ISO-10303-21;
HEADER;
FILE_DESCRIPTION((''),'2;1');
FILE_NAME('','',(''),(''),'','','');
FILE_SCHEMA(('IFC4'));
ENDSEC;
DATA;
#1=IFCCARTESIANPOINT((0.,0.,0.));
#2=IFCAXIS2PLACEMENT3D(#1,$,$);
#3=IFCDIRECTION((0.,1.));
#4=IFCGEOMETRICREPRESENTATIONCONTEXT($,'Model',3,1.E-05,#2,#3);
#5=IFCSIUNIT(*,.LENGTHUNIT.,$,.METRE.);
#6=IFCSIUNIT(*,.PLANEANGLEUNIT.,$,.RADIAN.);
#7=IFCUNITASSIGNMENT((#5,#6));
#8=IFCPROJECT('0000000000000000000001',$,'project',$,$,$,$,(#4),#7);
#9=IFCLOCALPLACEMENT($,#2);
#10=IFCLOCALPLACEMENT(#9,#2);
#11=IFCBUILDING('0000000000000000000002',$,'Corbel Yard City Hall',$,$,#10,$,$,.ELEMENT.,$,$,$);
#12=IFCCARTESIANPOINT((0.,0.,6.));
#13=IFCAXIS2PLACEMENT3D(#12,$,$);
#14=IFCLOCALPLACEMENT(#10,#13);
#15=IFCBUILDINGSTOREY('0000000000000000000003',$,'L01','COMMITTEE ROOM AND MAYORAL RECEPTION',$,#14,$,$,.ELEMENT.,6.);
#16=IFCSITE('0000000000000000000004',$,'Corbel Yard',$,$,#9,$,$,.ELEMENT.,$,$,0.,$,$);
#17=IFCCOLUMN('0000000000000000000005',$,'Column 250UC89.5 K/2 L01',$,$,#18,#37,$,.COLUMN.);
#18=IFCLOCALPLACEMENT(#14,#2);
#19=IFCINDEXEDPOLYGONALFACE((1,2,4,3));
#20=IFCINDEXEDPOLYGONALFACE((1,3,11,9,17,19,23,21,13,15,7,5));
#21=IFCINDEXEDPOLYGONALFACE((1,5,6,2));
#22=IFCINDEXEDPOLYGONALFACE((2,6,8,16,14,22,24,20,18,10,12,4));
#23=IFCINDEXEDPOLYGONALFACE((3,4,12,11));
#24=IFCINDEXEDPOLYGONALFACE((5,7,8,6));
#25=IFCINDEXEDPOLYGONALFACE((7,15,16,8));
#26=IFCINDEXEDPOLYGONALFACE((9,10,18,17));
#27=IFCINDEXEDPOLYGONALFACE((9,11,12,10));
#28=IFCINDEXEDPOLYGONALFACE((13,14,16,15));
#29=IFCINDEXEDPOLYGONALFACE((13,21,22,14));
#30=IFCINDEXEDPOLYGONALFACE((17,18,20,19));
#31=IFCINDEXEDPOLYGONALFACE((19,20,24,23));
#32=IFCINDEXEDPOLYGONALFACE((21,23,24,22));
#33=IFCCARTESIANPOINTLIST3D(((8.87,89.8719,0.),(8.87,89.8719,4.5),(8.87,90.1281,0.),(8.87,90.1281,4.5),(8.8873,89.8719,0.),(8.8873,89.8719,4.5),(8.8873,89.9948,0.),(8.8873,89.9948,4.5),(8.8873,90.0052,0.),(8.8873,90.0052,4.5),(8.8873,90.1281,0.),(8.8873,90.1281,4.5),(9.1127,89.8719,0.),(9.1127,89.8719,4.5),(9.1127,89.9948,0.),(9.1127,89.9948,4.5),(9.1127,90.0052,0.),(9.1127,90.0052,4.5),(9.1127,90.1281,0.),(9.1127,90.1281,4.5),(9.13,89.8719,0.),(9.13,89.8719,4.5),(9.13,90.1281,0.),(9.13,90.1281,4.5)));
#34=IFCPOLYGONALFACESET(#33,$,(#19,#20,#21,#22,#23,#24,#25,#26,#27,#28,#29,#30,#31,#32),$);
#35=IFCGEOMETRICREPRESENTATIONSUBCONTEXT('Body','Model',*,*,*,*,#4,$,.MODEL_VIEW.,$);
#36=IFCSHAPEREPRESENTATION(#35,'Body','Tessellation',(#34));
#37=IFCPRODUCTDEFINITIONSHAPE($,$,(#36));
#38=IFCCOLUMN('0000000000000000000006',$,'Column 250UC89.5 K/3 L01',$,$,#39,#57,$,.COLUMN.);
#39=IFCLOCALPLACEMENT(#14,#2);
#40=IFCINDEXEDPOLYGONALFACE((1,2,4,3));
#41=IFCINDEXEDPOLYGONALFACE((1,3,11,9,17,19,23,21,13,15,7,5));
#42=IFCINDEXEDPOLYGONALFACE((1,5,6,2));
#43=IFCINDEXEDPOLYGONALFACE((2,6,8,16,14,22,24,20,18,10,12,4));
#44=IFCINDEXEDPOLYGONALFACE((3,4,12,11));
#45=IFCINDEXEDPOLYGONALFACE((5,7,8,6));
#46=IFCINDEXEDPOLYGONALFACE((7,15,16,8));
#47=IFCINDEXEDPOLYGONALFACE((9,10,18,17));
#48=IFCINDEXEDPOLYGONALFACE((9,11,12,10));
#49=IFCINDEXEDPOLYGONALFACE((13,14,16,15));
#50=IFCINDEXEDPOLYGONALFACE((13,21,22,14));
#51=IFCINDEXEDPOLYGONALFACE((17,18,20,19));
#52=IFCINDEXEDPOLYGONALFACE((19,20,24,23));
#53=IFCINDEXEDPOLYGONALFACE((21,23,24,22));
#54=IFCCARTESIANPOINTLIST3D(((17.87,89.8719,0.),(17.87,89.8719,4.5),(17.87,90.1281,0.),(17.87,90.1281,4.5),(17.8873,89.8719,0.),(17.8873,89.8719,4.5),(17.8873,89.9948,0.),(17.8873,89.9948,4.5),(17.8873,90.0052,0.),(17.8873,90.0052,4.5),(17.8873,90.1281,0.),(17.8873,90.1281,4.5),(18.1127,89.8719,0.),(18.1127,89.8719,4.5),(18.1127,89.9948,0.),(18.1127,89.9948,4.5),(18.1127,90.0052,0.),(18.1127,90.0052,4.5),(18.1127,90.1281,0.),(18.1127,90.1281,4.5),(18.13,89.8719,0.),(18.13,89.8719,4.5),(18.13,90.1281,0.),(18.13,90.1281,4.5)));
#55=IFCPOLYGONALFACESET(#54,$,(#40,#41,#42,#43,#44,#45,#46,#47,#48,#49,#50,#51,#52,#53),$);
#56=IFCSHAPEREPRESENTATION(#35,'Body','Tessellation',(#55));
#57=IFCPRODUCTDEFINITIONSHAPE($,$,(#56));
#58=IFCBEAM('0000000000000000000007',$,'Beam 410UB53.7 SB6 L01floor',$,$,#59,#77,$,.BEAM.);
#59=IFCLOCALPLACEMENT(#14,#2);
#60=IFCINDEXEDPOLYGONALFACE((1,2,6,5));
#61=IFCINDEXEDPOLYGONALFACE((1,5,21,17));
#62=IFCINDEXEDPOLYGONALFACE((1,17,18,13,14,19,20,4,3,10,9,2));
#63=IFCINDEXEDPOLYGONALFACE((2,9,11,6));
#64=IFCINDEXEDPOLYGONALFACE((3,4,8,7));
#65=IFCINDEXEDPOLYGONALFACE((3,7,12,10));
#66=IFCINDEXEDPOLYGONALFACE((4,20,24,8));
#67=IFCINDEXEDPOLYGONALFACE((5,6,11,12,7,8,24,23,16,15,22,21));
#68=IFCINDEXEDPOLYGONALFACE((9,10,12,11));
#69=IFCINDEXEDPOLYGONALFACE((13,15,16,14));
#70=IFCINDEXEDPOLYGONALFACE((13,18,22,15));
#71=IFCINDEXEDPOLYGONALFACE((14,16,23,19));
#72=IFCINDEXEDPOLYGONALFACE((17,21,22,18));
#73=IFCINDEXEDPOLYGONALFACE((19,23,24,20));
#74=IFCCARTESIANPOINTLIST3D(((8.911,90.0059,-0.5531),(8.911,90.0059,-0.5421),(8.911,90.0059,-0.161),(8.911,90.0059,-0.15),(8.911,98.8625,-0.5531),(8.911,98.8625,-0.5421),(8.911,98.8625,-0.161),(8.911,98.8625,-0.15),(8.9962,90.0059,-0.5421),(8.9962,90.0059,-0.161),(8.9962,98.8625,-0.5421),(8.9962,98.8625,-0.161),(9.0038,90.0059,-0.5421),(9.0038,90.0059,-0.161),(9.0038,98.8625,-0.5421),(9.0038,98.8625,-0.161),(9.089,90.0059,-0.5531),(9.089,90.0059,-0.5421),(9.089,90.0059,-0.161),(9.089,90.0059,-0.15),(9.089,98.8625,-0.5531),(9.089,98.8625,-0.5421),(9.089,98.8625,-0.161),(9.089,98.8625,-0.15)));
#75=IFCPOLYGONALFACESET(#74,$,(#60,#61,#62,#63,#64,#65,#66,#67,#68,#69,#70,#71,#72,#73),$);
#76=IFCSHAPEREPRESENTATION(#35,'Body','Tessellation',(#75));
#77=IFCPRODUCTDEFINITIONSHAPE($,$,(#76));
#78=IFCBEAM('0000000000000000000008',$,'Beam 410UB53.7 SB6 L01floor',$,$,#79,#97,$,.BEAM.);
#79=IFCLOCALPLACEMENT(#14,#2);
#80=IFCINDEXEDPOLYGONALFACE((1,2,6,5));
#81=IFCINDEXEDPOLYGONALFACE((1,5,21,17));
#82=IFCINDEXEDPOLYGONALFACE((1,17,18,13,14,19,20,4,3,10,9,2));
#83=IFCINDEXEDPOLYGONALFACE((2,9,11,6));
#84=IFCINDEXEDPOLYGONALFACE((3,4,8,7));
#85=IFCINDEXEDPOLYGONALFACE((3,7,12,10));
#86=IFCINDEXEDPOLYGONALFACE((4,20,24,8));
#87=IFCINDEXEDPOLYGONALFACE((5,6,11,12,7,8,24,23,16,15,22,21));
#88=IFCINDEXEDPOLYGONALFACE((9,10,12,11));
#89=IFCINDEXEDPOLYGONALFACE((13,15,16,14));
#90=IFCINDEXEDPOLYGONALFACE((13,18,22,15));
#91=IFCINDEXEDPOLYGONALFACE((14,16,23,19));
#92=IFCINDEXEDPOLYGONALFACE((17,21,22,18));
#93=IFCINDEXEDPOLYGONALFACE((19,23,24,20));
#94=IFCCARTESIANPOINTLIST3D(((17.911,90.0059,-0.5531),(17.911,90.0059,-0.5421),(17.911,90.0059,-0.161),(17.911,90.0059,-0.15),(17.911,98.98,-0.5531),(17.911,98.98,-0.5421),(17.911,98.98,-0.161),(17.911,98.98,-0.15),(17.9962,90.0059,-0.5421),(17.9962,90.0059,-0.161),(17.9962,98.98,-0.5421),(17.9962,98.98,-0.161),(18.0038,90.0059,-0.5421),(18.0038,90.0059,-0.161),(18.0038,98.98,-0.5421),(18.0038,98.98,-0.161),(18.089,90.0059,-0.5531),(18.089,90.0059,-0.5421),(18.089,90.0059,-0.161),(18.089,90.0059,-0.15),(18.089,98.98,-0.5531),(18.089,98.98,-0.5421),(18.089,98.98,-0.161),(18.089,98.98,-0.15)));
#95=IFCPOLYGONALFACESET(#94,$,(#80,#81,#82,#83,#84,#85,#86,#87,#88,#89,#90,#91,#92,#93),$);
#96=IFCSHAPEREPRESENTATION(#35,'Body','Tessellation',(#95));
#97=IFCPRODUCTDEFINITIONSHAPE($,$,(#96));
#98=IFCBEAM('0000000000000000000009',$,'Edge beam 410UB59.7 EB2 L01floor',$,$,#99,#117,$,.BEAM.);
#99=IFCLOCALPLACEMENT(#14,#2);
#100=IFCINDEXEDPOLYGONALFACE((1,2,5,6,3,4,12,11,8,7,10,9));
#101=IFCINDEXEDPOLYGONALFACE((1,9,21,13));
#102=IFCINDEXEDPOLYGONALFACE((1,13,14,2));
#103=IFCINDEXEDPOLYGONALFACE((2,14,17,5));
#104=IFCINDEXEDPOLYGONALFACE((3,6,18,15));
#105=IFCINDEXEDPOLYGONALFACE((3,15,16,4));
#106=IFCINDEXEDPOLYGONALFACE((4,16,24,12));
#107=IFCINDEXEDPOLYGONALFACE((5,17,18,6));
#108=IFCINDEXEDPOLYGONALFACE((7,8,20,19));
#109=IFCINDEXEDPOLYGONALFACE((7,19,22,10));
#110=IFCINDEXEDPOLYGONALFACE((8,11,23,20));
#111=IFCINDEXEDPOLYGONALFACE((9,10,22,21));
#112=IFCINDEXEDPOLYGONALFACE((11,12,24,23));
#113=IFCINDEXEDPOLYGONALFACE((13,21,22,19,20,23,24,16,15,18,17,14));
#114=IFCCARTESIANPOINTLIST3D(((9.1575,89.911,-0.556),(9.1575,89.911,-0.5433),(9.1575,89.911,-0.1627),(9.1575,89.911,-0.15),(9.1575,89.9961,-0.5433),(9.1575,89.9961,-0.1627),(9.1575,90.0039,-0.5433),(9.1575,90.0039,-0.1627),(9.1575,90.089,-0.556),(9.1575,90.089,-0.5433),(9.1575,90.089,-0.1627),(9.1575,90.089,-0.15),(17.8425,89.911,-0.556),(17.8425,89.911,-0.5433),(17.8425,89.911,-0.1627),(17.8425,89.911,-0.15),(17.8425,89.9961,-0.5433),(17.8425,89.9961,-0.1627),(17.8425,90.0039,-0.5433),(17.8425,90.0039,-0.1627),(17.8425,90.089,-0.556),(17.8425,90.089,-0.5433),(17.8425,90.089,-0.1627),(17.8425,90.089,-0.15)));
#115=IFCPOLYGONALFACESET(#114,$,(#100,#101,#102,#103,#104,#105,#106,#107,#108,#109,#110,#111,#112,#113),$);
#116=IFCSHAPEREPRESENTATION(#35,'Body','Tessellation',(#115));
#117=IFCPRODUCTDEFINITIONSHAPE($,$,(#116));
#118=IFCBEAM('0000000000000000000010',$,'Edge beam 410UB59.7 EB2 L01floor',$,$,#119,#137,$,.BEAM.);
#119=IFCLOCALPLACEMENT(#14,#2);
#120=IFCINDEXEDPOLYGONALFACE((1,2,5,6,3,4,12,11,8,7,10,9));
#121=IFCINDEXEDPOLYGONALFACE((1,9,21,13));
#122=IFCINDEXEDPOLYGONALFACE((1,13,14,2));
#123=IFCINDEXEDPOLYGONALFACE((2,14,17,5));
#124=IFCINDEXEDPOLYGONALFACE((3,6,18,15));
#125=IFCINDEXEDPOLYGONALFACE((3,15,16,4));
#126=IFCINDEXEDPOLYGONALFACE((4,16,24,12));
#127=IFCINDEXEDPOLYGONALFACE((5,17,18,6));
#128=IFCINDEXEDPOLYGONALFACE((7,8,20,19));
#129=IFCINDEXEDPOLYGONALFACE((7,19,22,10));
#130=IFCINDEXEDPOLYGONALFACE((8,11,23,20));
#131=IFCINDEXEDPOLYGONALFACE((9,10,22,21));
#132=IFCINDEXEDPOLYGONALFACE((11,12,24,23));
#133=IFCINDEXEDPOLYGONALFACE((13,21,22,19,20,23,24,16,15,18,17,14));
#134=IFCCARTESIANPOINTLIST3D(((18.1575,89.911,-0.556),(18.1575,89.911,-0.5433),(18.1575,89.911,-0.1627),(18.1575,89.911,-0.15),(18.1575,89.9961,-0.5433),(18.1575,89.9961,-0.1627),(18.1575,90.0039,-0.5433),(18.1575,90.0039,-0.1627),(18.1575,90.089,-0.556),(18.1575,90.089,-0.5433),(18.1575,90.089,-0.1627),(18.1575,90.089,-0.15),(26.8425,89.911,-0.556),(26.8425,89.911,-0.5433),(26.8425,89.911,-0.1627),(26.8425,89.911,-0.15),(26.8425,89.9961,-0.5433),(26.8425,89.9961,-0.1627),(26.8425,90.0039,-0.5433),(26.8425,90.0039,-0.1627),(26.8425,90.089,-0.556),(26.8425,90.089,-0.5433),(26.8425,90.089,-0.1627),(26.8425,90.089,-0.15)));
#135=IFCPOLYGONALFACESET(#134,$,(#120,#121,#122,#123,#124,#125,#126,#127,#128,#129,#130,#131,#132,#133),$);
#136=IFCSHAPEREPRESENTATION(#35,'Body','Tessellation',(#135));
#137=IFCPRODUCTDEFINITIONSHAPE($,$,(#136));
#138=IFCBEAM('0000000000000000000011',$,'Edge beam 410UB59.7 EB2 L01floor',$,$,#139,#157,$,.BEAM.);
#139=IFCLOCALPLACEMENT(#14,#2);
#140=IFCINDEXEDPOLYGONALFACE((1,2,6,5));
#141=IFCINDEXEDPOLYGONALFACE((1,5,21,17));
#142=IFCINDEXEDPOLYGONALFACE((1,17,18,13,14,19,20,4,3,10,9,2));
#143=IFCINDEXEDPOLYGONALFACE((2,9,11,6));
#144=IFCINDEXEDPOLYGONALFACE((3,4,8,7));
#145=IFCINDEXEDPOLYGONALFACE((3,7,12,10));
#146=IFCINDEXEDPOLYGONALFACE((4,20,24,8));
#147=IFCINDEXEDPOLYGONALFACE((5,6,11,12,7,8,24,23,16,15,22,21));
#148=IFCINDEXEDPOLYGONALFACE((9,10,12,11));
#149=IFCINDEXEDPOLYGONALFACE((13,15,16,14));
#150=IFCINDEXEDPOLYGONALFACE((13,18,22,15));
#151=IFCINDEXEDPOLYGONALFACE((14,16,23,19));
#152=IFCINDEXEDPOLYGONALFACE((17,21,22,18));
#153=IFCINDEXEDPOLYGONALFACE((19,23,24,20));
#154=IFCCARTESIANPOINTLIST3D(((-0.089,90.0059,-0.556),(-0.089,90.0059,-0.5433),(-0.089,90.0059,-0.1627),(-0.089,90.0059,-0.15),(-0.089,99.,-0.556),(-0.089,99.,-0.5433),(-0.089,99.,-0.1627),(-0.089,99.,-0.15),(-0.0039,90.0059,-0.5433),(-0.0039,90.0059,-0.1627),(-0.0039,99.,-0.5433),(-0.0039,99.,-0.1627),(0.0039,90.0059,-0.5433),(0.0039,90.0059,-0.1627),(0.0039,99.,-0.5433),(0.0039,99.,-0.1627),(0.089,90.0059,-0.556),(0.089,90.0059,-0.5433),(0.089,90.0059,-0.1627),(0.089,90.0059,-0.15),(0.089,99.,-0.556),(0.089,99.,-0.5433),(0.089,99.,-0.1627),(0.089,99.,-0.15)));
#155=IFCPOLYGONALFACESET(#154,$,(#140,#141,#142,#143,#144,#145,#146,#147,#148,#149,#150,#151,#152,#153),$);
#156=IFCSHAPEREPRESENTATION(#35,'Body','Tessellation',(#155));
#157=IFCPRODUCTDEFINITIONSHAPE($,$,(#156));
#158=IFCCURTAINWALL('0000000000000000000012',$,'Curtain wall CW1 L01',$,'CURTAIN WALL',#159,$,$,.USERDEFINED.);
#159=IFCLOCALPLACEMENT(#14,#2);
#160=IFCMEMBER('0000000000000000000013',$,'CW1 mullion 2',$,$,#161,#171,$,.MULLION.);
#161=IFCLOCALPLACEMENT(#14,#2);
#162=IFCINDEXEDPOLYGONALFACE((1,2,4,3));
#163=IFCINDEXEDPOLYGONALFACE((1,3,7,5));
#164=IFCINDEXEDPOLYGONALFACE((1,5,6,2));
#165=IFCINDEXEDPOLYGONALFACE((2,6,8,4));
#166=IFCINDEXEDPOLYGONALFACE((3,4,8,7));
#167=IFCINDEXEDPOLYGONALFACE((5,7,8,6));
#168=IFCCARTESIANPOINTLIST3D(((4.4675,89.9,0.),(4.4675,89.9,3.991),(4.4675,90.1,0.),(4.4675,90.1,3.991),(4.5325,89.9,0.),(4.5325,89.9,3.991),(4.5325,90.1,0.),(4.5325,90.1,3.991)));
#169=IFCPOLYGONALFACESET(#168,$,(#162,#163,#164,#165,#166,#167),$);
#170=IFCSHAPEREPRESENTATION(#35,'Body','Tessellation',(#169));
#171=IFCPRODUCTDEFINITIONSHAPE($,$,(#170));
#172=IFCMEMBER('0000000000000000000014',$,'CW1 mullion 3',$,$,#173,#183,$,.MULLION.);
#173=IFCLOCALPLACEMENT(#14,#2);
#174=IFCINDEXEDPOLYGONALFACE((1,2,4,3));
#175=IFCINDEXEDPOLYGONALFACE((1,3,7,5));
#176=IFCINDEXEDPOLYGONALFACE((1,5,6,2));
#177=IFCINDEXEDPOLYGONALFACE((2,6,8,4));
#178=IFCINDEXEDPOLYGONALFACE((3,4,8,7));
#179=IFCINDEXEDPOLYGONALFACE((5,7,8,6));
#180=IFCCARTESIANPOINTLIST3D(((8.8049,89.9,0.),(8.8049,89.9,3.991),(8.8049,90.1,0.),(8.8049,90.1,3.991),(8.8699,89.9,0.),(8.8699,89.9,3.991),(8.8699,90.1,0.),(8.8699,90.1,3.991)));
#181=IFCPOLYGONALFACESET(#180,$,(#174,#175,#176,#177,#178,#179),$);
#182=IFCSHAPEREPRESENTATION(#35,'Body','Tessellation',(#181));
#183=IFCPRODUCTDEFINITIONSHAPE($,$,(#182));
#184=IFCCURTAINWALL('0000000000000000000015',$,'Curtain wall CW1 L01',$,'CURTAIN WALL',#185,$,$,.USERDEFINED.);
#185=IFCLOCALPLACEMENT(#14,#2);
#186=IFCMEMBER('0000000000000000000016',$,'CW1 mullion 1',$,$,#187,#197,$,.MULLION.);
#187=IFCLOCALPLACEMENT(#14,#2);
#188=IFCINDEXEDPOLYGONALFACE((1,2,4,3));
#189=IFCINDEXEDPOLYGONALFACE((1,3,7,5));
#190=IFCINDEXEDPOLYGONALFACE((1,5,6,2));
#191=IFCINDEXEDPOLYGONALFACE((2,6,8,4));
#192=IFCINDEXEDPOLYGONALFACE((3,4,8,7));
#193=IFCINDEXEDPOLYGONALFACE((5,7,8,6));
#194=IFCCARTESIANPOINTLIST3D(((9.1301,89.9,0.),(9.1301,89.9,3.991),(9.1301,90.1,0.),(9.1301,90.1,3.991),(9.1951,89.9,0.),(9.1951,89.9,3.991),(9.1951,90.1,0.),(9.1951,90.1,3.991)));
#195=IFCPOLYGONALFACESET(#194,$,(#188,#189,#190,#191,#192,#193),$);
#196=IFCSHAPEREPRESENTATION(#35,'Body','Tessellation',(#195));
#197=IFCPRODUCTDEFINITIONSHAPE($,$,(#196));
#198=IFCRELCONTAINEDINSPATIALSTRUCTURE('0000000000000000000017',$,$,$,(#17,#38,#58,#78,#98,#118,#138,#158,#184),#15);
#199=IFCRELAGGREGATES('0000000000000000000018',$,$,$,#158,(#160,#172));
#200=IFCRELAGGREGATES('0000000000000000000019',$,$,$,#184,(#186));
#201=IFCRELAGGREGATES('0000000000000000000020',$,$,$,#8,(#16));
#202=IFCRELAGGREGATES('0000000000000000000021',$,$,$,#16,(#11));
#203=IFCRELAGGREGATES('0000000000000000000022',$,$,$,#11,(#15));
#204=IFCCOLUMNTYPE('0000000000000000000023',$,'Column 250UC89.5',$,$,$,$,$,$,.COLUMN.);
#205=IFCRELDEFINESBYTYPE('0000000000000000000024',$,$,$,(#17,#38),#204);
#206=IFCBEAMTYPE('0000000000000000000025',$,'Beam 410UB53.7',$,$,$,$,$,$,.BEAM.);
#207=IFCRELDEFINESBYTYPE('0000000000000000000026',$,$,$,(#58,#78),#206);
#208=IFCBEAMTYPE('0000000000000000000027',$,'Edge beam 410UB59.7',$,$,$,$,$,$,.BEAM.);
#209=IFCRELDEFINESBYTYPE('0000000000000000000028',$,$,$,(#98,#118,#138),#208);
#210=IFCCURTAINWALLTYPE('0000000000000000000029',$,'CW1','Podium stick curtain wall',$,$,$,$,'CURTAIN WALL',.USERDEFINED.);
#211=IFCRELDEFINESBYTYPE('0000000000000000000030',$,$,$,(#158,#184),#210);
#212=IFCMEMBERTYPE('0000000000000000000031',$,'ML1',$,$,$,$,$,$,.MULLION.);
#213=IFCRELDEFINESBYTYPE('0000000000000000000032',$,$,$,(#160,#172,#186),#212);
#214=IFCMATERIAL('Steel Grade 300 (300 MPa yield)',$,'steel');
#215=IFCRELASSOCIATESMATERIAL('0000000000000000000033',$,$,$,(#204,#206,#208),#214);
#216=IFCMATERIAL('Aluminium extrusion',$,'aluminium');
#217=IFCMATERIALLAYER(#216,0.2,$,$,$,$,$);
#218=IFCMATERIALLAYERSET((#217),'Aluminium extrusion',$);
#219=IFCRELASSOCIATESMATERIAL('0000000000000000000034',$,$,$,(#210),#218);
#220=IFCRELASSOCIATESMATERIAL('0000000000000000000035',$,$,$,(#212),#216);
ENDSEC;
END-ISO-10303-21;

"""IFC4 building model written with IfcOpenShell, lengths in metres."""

from ifc_helpers import new_model, si_unit, direction, frame, origin, origin_2d, place, context, subcontext, project, spatial, rectangle, i_section, extrude, material, layer, layer_set, material_profile, profile_set, type_object, element, aggregate, save


model = new_model("IFC4")

# Units and contexts
model_context = context("Model", 3, precision=1e-05, world=origin(), true_north=direction((0.0, 1.0)))
body_context = subcontext(model_context, "Body", "Model", "MODEL_VIEW")
ifc_project = project(units=[si_unit("LENGTHUNIT", "METRE"), si_unit("PLANEANGLEUNIT", "RADIAN")], contexts=[model_context])

# Site, building, storey
site_placement = place(None, origin())
site = spatial("IfcSite", under=ifc_project, at=site_placement, Name="Corbel Yard", CompositionType="ELEMENT", RefElevation=0.0)
building_placement = place(site_placement, origin())
building = spatial("IfcBuilding", under=site, at=building_placement, Name="Corbel Yard City Hall", CompositionType="ELEMENT")
storey_placement = place(building_placement, frame((0.0, 0.0, 6.0)))
storey = spatial("IfcBuildingStorey", under=building, at=storey_placement, Name="L01", Description="COMMITTEE ROOM AND MAYORAL RECEPTION", CompositionType="ELEMENT", Elevation=6.0)

# Columns
ifc_material_1 = material(Name="Steel Grade 300 (300 MPa yield)", Category="steel")
ifc_material_profile_1 = material_profile(ifc_material_1, i_section(OverallWidth=0.2561, OverallDepth=0.26, WebThickness=0.0105, FlangeThickness=0.0173, at=origin_2d()), Name="250UC89.5")
ifc_profile_set_1 = profile_set([ifc_material_profile_1], Name="Steel Grade 300 (300 MPa yield)")
column_type = type_object("IfcColumnType", Name="Column 250UC89.5", PredefinedType="COLUMN", material=ifc_profile_set_1)
for number, where, z_axis, x_axis, name in (
    (1, (9.0, 90.0, 0.0), (0.0, 0.0, 1.0), (0.0, 1.0, 0.0), "Column 250UC89.5 K/2 L01"),
    (2, (18.0, 90.0, 0.0), (0.0, 0.0, 1.0), (0.0, 1.0, 0.0), "Column 250UC89.5 K/3 L01"),
):
    element("IfcColumn", number, at=place(storey_placement, frame(where, z_axis=z_axis, x_axis=x_axis)), inside=storey, type_object=column_type, Name=name, PredefinedType="COLUMN", context=body_context, shape_type="SweptSolid", body=[
        extrude(i_section(OverallWidth=0.2561, OverallDepth=0.26, WebThickness=0.0105, FlangeThickness=0.0173, at=origin_2d()), origin(), (0.0, 0.0, 1.0), 4.5),
    ])

# Beams
ifc_material_profile_2 = material_profile(ifc_material_1, i_section(OverallWidth=0.178, OverallDepth=0.4031, WebThickness=0.0076, FlangeThickness=0.011, at=origin_2d()), Name="410UB53.7")
ifc_profile_set_2 = profile_set([ifc_material_profile_2], Name="Steel Grade 300 (300 MPa yield)")
beam_type_1 = type_object("IfcBeamType", Name="Beam 410UB53.7", PredefinedType="BEAM", material=ifc_profile_set_2)
beam_1_placement = place(storey_placement, frame((9.0, 90.0059, -0.3516), z_axis=(0.0, 1.0, 0.0), x_axis=(-1.0, 0.0, 0.0)))
element("IfcBeam", 3, at=beam_1_placement, inside=storey, type_object=beam_type_1, Name="Beam 410UB53.7 SB6 L01floor", PredefinedType="BEAM", context=body_context, shape_type="SweptSolid", body=[
    extrude(i_section(OverallWidth=0.178, OverallDepth=0.4031, WebThickness=0.0076, FlangeThickness=0.011, at=origin_2d()), origin(), (0.0, 0.0, 1.0), 8.8567),
])
beam_2_placement = place(storey_placement, frame((18.0, 90.0059, -0.3516), z_axis=(0.0, 1.0, 0.0), x_axis=(-1.0, 0.0, 0.0)))
element("IfcBeam", 4, at=beam_2_placement, inside=storey, type_object=beam_type_1, Name="Beam 410UB53.7 SB6 L01floor", PredefinedType="BEAM", context=body_context, shape_type="SweptSolid", body=[
    extrude(i_section(OverallWidth=0.178, OverallDepth=0.4031, WebThickness=0.0076, FlangeThickness=0.011, at=origin_2d()), origin(), (0.0, 0.0, 1.0), 8.9741),
])
ifc_material_profile_3 = material_profile(ifc_material_1, i_section(OverallWidth=0.178, OverallDepth=0.406, WebThickness=0.0078, FlangeThickness=0.0127, at=origin_2d()), Name="410UB59.7")
ifc_profile_set_3 = profile_set([ifc_material_profile_3], Name="Steel Grade 300 (300 MPa yield)")
beam_type_2 = type_object("IfcBeamType", Name="Edge beam 410UB59.7", PredefinedType="BEAM", material=ifc_profile_set_3)
for number, where, z_axis, x_axis, name in (
    (5, (9.1575, 90.0, -0.353), (1.0, 0.0, 0.0), (0.0, 1.0, 0.0), "Edge beam 410UB59.7 EB2 L01floor"),
    (6, (18.1575, 90.0, -0.353), (1.0, 0.0, 0.0), (0.0, 1.0, 0.0), "Edge beam 410UB59.7 EB2 L01floor"),
):
    element("IfcBeam", number, at=place(storey_placement, frame(where, z_axis=z_axis, x_axis=x_axis)), inside=storey, type_object=beam_type_2, Name=name, PredefinedType="BEAM", context=body_context, shape_type="SweptSolid", body=[
        extrude(i_section(OverallWidth=0.178, OverallDepth=0.406, WebThickness=0.0078, FlangeThickness=0.0127, at=origin_2d()), origin(), (0.0, 0.0, 1.0), 8.6851),
    ])
beam_3_placement = place(storey_placement, frame((0.0, 90.0059, -0.353), z_axis=(0.0, 1.0, 0.0), x_axis=(-1.0, 0.0, 0.0)))
element("IfcBeam", 7, at=beam_3_placement, inside=storey, type_object=beam_type_2, Name="Edge beam 410UB59.7 EB2 L01floor", PredefinedType="BEAM", context=body_context, shape_type="SweptSolid", body=[
    extrude(i_section(OverallWidth=0.178, OverallDepth=0.406, WebThickness=0.0078, FlangeThickness=0.0127, at=origin_2d()), origin(), (0.0, 0.0, 1.0), 8.9941),
])

# Curtain walls, members
ifc_material_2 = material(Name="Aluminium extrusion", Category="aluminium")
ifc_layer_1 = layer(ifc_material_2, 0.2)
ifc_layer_set_1 = layer_set([ifc_layer_1], Name="Aluminium extrusion")
curtain_wall_type = type_object("IfcCurtainWallType", Name="CW1", Description="Podium stick curtain wall", ElementType="CURTAIN WALL", PredefinedType="USERDEFINED", material=ifc_layer_set_1)
curtain_wall_1_placement = place(storey_placement, origin())
curtain_wall_1 = element("IfcCurtainWall", 8, at=curtain_wall_1_placement, inside=storey, type_object=curtain_wall_type, Name="Curtain wall CW1 L01", ObjectType="CURTAIN WALL", PredefinedType="USERDEFINED")
ifc_material_profile_4 = material_profile(ifc_material_2, rectangle(XDim=0.2, YDim=0.0649, at=origin_2d()), Name="200x65")
ifc_profile_set_4 = profile_set([ifc_material_profile_4], Name="Aluminium extrusion")
member_type_1 = type_object("IfcMemberType", Name="ML1", PredefinedType="MULLION", material=ifc_profile_set_4)
member_1_placement = place(storey_placement, frame((4.5, 90.0, 0.0), z_axis=(0.0, 0.0, 1.0), x_axis=(0.0, 1.0, 0.0)))
member_1 = element("IfcMember", 9, at=member_1_placement, type_object=member_type_1, Name="CW1 mullion 2", PredefinedType="MULLION", context=body_context, shape_type="SweptSolid", body=[
    extrude(rectangle(XDim=0.2, YDim=0.0649, at=origin_2d()), origin(), (0.0, 0.0, 1.0), 3.991),
])
member_2_placement = place(storey_placement, frame((8.8374, 90.0, 0.0), z_axis=(0.0, 0.0, 1.0), x_axis=(0.0, 1.0, 0.0)))
member_2 = element("IfcMember", 10, at=member_2_placement, type_object=member_type_1, Name="CW1 mullion 3", PredefinedType="MULLION", context=body_context, shape_type="SweptSolid", body=[
    extrude(rectangle(XDim=0.2, YDim=0.0649, at=origin_2d()), origin(), (0.0, 0.0, 1.0), 3.991),
])
curtain_wall_2_placement = place(storey_placement, origin())
curtain_wall_2 = element("IfcCurtainWall", 11, at=curtain_wall_2_placement, inside=storey, type_object=curtain_wall_type, Name="Curtain wall CW1 L01", ObjectType="CURTAIN WALL", PredefinedType="USERDEFINED")
member_3_placement = place(storey_placement, frame((9.1626, 90.0, 0.0), z_axis=(0.0, 0.0, 1.0), x_axis=(0.0, 1.0, 0.0)))
member_3 = element("IfcMember", 12, at=member_3_placement, type_object=member_type_1, Name="CW1 mullion 1", PredefinedType="MULLION", context=body_context, shape_type="SweptSolid", body=[
    extrude(rectangle(XDim=0.2, YDim=0.0649, at=origin_2d()), origin(), (0.0, 0.0, 1.0), 3.991),
])

aggregate(curtain_wall_1, [member_1, member_2])
aggregate(curtain_wall_2, [member_3])

save(model, "model.ifc")
